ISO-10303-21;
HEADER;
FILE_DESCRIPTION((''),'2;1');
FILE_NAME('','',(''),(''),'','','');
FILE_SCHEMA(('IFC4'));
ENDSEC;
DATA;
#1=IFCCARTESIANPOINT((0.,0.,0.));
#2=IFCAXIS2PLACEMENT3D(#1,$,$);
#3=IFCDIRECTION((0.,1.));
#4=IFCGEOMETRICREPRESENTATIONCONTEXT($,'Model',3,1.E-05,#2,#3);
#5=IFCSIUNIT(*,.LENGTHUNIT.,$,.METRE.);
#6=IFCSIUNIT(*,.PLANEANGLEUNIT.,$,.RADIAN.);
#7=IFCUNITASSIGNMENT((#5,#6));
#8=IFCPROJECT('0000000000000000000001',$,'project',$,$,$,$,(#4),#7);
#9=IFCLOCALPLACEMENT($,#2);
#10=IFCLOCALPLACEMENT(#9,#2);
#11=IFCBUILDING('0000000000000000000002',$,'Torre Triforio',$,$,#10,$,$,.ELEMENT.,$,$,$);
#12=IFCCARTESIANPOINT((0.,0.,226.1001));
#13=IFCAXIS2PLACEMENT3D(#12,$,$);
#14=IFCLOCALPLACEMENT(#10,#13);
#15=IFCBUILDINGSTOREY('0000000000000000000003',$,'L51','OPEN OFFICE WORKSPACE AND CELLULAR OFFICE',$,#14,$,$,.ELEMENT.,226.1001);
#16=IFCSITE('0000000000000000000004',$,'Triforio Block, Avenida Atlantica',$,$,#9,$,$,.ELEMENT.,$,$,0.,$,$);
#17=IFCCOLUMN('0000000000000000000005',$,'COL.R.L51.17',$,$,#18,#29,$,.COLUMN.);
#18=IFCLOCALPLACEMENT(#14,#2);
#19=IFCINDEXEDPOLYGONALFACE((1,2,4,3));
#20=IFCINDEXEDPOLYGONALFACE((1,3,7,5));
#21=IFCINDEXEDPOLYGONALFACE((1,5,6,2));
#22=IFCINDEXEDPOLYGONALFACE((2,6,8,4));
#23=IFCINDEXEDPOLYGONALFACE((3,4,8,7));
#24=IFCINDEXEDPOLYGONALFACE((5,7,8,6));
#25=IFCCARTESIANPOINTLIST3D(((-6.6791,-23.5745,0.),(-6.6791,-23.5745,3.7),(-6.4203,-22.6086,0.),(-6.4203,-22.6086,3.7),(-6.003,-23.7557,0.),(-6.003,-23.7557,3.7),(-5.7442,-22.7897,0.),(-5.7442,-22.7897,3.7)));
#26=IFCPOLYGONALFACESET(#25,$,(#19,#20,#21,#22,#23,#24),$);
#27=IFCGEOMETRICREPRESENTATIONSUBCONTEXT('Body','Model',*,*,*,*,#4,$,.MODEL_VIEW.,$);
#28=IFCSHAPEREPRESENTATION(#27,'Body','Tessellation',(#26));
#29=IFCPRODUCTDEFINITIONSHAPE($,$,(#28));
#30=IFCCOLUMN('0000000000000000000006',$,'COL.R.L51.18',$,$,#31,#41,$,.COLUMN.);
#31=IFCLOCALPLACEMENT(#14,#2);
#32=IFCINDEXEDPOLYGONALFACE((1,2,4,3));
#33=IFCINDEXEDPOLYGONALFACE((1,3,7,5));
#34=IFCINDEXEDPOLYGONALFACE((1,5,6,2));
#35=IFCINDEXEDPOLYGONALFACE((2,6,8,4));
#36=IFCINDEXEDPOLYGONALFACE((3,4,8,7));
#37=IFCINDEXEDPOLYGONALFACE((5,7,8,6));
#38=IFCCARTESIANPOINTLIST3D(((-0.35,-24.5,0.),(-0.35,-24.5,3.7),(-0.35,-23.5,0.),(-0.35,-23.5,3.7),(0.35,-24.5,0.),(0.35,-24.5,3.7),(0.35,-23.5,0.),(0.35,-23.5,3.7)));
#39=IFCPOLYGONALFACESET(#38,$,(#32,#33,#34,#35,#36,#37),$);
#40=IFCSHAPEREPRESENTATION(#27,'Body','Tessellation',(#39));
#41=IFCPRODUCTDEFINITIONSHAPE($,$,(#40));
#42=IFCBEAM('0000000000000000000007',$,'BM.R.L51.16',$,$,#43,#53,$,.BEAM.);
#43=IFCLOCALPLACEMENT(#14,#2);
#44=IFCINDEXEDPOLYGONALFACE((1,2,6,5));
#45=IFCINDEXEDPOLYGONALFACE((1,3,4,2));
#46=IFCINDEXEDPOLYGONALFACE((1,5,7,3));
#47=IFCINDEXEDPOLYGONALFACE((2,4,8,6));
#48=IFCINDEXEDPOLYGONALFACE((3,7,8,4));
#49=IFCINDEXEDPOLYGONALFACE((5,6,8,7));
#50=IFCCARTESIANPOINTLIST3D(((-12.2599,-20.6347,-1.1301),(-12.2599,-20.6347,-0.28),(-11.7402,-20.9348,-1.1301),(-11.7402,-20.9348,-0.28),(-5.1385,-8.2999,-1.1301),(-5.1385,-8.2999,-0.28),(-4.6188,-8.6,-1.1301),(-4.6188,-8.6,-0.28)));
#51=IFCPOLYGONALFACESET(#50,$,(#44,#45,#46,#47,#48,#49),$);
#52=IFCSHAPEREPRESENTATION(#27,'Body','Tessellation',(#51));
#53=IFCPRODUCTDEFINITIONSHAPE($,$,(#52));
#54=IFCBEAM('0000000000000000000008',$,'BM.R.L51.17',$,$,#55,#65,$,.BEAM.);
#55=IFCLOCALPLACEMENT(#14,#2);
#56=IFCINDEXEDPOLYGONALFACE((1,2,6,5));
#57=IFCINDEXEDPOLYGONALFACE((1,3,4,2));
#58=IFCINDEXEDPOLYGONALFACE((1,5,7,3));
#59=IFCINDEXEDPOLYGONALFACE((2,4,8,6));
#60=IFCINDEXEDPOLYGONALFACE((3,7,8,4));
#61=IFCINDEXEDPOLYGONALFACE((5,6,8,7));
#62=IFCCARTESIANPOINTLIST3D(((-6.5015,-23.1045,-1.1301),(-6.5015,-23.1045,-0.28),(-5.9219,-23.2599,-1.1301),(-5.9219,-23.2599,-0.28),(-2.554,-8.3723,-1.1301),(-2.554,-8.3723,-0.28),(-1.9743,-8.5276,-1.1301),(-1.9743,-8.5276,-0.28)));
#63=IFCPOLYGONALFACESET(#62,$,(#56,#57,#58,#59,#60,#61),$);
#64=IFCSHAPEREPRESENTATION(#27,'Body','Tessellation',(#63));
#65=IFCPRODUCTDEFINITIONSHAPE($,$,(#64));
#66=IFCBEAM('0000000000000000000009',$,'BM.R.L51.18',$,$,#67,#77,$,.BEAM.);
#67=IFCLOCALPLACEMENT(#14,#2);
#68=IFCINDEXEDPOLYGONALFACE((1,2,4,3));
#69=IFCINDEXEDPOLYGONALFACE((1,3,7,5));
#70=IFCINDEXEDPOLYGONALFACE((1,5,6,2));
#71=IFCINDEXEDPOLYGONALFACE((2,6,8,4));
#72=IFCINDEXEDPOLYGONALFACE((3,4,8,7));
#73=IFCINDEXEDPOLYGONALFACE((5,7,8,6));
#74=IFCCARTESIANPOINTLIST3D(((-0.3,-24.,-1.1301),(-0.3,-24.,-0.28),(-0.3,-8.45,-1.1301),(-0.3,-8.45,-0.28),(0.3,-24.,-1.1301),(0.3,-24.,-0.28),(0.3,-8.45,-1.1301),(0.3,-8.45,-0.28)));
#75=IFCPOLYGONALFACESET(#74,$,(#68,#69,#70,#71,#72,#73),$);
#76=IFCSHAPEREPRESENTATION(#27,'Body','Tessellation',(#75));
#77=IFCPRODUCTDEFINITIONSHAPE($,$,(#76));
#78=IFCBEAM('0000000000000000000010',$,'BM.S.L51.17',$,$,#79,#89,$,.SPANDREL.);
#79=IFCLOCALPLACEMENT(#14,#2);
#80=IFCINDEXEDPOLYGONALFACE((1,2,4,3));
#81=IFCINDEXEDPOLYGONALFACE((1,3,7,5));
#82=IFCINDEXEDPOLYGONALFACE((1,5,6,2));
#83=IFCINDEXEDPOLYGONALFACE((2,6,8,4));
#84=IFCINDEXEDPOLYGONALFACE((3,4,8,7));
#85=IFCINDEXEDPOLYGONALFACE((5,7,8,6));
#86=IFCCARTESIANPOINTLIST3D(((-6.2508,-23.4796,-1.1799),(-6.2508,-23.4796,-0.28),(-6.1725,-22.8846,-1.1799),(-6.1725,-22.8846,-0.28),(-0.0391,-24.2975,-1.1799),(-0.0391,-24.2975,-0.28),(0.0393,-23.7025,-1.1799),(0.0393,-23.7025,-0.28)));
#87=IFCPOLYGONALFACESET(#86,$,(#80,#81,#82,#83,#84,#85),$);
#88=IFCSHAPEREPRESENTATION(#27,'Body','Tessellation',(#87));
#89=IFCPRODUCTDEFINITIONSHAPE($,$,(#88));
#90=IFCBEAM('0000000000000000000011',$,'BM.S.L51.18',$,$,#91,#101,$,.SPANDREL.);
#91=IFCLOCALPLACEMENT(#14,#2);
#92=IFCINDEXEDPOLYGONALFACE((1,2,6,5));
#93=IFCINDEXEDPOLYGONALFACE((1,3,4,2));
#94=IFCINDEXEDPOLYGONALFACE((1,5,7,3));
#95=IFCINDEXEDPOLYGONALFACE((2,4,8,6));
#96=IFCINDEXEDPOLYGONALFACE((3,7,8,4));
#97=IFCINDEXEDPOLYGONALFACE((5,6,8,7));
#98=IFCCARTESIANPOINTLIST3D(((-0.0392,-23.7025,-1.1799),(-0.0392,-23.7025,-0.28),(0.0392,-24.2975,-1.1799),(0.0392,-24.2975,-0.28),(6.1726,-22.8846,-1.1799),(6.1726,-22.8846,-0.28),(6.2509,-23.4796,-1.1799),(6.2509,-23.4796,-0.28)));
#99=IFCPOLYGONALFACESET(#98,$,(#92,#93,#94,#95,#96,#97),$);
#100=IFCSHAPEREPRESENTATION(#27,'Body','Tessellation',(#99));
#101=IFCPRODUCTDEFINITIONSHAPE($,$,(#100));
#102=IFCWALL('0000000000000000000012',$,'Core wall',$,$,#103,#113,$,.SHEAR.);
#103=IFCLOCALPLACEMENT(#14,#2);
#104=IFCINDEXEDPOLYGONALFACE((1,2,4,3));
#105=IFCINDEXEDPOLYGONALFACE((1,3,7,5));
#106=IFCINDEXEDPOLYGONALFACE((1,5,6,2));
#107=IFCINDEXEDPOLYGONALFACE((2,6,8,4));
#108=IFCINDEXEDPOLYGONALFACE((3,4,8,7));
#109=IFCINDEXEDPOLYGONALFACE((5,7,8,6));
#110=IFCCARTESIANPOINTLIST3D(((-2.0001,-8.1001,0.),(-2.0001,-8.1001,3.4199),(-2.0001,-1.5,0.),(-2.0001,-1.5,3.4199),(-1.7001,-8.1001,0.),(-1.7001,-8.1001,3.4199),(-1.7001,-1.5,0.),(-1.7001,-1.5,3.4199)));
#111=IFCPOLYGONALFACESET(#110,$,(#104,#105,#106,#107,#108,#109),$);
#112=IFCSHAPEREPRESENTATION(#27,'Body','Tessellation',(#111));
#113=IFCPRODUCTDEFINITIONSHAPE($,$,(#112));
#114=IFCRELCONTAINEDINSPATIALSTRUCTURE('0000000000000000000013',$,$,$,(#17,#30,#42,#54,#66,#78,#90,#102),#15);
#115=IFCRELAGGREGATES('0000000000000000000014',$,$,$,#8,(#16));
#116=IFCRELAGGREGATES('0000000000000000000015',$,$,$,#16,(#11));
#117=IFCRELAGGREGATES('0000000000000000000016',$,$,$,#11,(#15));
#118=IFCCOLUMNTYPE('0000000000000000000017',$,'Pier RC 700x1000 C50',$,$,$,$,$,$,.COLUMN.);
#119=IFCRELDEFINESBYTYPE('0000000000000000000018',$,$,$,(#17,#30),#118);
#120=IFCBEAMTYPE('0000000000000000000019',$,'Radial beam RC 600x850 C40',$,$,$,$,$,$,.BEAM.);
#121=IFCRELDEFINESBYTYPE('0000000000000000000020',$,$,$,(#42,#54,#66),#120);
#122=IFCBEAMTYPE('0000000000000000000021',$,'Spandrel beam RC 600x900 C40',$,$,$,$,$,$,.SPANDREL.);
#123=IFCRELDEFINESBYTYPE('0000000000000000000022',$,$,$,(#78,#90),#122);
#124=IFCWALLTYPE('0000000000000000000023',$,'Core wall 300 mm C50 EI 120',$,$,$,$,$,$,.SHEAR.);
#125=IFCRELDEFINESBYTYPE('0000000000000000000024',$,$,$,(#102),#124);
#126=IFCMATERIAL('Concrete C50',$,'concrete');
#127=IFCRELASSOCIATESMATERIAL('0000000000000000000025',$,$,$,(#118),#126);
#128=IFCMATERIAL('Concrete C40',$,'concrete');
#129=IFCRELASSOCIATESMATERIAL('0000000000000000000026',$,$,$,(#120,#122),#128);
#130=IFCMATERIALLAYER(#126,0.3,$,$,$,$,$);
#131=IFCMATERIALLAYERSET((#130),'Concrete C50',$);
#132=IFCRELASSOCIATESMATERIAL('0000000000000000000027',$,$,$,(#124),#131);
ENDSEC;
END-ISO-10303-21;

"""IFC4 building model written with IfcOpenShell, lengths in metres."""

from ifc_helpers import new_model, si_unit, direction, frame, frame_2d, origin, origin_2d, place, context, subcontext, project, spatial, rectangle, extrude, material, layer, layer_set, material_profile, profile_set, type_object, element, save


model = new_model("IFC4")

# Units and contexts
model_context = context("Model", 3, precision=1e-05, world=origin(), true_north=direction((0.0, 1.0)))
body_context = subcontext(model_context, "Body", "Model", "MODEL_VIEW")
ifc_project = project(units=[si_unit("LENGTHUNIT", "METRE"), si_unit("PLANEANGLEUNIT", "RADIAN")], contexts=[model_context])

# Site, building, storey
site_placement = place(None, origin())
site = spatial("IfcSite", under=ifc_project, at=site_placement, Name="Triforio Block, Avenida Atlantica", CompositionType="ELEMENT", RefElevation=0.0)
building_placement = place(site_placement, origin())
building = spatial("IfcBuilding", under=site, at=building_placement, Name="Torre Triforio", CompositionType="ELEMENT")
storey_placement = place(building_placement, frame((0.0, 0.0, 226.1001)))
storey = spatial("IfcBuildingStorey", under=building, at=storey_placement, Name="L51", Description="OPEN OFFICE WORKSPACE AND CELLULAR OFFICE", CompositionType="ELEMENT", Elevation=226.1001)

# Columns
ifc_material_1 = material(Name="Concrete C50", Category="concrete")
ifc_material_profile_1 = material_profile(ifc_material_1, rectangle(XDim=0.7, YDim=1.0, at=origin_2d()), Name="RC 700x1000")
ifc_profile_set_1 = profile_set([ifc_material_profile_1], Name="Concrete C50")
column_type = type_object("IfcColumnType", Name="Pier RC 700x1000 C50", PredefinedType="COLUMN", material=ifc_profile_set_1)
for number, where, z_axis, x_axis, name in (
    (1, (-6.2117, -23.1821, 0.0), (0.0, 0.0, 1.0), (0.965926, -0.258819, 0.0), "COL.R.L51.17"),
    (2, (0.0, -24.0, 0.0), (0.0, 0.0, 1.0), (1.0, 0.0, 0.0), "COL.R.L51.18"),
):
    element("IfcColumn", number, at=place(storey_placement, frame(where, z_axis=z_axis, x_axis=x_axis)), inside=storey, type_object=column_type, Name=name, PredefinedType="COLUMN", context=body_context, shape_type="SweptSolid", body=[
        extrude(rectangle(XDim=0.7, YDim=1.0, at=origin_2d()), origin(), (0.0, 0.0, 1.0), 3.7),
    ])

# Beams
ifc_material_2 = material(Name="Concrete C40", Category="concrete")
ifc_material_profile_2 = material_profile(ifc_material_2, rectangle(XDim=0.6001, YDim=0.8501, at=origin_2d()), Name="RC 600x850")
ifc_profile_set_2 = profile_set([ifc_material_profile_2], Name="Concrete C40")
beam_type_1 = type_object("IfcBeamType", Name="Radial beam RC 600x850 C40", PredefinedType="BEAM", material=ifc_profile_set_2)
beam_1_placement = place(storey_placement, frame((-4.8787, -8.45, -0.7051), z_axis=(-0.499994, -0.866029, 0.0), x_axis=(0.866029, -0.499994, 0.0)))
element("IfcBeam", 3, at=beam_1_placement, inside=storey, type_object=beam_type_1, Name="BM.R.L51.16", PredefinedType="BEAM", context=body_context, shape_type="SweptSolid", body=[
    extrude(rectangle(XDim=0.6001, YDim=0.8501, at=origin_2d()), origin(), (0.0, 0.0, 1.0), 14.2429),
])
beam_2_placement = place(storey_placement, frame((-2.2642, -8.45, -0.7051), z_axis=(-0.258821, -0.965925, 0.0), x_axis=(0.965925, -0.258821, 0.0)))
element("IfcBeam", 4, at=beam_2_placement, inside=storey, type_object=beam_type_1, Name="BM.R.L51.17", PredefinedType="BEAM", context=body_context, shape_type="SweptSolid", body=[
    extrude(rectangle(XDim=0.6001, YDim=0.8501, at=origin_2d()), origin(), (0.0, 0.0, 1.0), 15.252),
])
beam_3_placement = place(storey_placement, frame((0.0, -8.45, -0.7051), z_axis=(0.0, -1.0, 0.0), x_axis=(1.0, 0.0, 0.0)))
element("IfcBeam", 5, at=beam_3_placement, inside=storey, type_object=beam_type_1, Name="BM.R.L51.18", PredefinedType="BEAM", context=body_context, shape_type="SweptSolid", body=[
    extrude(rectangle(XDim=0.6001, YDim=0.8501, at=origin_2d()), origin(), (0.0, 0.0, 1.0), 15.55),
])
ifc_material_profile_3 = material_profile(ifc_material_2, rectangle(XDim=0.6001, YDim=0.8999, at=origin_2d()), Name="RC 600x900")
ifc_profile_set_3 = profile_set([ifc_material_profile_3], Name="Concrete C40")
beam_type_2 = type_object("IfcBeamType", Name="Spandrel beam RC 600x900 C40", PredefinedType="SPANDREL", material=ifc_profile_set_3)
for number, where, z_axis, x_axis, name in (
    (6, (-6.2117, -23.1821, -0.73), (0.991443, -0.13054, 0.0), (0.13054, 0.991443, 0.0), "BM.S.L51.17"),
    (7, (0.0, -24.0, -0.73), (0.991443, 0.13054, 0.0), (-0.13054, 0.991443, 0.0), "BM.S.L51.18"),
):
    element("IfcBeam", number, at=place(storey_placement, frame(where, z_axis=z_axis, x_axis=x_axis)), inside=storey, type_object=beam_type_2, Name=name, PredefinedType="SPANDREL", context=body_context, shape_type="SweptSolid", body=[
        extrude(rectangle(XDim=0.6001, YDim=0.8999, at=origin_2d()), origin(), (0.0, 0.0, 1.0), 6.2654),
    ])

# Wall
ifc_layer_1 = layer(ifc_material_1, 0.3)
ifc_layer_set_1 = layer_set([ifc_layer_1], Name="Concrete C50")
wall_type_1 = type_object("IfcWallType", Name="Core wall 300 mm C50 EI 120", PredefinedType="SHEAR", material=ifc_layer_set_1)
wall_1_placement = place(storey_placement, frame((-1.8501, -8.1001, 0.0), z_axis=(0.0, 0.0, 1.0), x_axis=(0.0, 1.0, 0.0)))
element("IfcWall", 8, at=wall_1_placement, inside=storey, type_object=wall_type_1, Name="Core wall", PredefinedType="SHEAR", context=body_context, shape_type="SweptSolid", body=[
    extrude(rectangle(XDim=6.6001, YDim=0.3, at=frame_2d((3.3, 0.0))), origin(), (0.0, 0.0, 1.0), 3.4199),
])

save(model, "model.ifc")
